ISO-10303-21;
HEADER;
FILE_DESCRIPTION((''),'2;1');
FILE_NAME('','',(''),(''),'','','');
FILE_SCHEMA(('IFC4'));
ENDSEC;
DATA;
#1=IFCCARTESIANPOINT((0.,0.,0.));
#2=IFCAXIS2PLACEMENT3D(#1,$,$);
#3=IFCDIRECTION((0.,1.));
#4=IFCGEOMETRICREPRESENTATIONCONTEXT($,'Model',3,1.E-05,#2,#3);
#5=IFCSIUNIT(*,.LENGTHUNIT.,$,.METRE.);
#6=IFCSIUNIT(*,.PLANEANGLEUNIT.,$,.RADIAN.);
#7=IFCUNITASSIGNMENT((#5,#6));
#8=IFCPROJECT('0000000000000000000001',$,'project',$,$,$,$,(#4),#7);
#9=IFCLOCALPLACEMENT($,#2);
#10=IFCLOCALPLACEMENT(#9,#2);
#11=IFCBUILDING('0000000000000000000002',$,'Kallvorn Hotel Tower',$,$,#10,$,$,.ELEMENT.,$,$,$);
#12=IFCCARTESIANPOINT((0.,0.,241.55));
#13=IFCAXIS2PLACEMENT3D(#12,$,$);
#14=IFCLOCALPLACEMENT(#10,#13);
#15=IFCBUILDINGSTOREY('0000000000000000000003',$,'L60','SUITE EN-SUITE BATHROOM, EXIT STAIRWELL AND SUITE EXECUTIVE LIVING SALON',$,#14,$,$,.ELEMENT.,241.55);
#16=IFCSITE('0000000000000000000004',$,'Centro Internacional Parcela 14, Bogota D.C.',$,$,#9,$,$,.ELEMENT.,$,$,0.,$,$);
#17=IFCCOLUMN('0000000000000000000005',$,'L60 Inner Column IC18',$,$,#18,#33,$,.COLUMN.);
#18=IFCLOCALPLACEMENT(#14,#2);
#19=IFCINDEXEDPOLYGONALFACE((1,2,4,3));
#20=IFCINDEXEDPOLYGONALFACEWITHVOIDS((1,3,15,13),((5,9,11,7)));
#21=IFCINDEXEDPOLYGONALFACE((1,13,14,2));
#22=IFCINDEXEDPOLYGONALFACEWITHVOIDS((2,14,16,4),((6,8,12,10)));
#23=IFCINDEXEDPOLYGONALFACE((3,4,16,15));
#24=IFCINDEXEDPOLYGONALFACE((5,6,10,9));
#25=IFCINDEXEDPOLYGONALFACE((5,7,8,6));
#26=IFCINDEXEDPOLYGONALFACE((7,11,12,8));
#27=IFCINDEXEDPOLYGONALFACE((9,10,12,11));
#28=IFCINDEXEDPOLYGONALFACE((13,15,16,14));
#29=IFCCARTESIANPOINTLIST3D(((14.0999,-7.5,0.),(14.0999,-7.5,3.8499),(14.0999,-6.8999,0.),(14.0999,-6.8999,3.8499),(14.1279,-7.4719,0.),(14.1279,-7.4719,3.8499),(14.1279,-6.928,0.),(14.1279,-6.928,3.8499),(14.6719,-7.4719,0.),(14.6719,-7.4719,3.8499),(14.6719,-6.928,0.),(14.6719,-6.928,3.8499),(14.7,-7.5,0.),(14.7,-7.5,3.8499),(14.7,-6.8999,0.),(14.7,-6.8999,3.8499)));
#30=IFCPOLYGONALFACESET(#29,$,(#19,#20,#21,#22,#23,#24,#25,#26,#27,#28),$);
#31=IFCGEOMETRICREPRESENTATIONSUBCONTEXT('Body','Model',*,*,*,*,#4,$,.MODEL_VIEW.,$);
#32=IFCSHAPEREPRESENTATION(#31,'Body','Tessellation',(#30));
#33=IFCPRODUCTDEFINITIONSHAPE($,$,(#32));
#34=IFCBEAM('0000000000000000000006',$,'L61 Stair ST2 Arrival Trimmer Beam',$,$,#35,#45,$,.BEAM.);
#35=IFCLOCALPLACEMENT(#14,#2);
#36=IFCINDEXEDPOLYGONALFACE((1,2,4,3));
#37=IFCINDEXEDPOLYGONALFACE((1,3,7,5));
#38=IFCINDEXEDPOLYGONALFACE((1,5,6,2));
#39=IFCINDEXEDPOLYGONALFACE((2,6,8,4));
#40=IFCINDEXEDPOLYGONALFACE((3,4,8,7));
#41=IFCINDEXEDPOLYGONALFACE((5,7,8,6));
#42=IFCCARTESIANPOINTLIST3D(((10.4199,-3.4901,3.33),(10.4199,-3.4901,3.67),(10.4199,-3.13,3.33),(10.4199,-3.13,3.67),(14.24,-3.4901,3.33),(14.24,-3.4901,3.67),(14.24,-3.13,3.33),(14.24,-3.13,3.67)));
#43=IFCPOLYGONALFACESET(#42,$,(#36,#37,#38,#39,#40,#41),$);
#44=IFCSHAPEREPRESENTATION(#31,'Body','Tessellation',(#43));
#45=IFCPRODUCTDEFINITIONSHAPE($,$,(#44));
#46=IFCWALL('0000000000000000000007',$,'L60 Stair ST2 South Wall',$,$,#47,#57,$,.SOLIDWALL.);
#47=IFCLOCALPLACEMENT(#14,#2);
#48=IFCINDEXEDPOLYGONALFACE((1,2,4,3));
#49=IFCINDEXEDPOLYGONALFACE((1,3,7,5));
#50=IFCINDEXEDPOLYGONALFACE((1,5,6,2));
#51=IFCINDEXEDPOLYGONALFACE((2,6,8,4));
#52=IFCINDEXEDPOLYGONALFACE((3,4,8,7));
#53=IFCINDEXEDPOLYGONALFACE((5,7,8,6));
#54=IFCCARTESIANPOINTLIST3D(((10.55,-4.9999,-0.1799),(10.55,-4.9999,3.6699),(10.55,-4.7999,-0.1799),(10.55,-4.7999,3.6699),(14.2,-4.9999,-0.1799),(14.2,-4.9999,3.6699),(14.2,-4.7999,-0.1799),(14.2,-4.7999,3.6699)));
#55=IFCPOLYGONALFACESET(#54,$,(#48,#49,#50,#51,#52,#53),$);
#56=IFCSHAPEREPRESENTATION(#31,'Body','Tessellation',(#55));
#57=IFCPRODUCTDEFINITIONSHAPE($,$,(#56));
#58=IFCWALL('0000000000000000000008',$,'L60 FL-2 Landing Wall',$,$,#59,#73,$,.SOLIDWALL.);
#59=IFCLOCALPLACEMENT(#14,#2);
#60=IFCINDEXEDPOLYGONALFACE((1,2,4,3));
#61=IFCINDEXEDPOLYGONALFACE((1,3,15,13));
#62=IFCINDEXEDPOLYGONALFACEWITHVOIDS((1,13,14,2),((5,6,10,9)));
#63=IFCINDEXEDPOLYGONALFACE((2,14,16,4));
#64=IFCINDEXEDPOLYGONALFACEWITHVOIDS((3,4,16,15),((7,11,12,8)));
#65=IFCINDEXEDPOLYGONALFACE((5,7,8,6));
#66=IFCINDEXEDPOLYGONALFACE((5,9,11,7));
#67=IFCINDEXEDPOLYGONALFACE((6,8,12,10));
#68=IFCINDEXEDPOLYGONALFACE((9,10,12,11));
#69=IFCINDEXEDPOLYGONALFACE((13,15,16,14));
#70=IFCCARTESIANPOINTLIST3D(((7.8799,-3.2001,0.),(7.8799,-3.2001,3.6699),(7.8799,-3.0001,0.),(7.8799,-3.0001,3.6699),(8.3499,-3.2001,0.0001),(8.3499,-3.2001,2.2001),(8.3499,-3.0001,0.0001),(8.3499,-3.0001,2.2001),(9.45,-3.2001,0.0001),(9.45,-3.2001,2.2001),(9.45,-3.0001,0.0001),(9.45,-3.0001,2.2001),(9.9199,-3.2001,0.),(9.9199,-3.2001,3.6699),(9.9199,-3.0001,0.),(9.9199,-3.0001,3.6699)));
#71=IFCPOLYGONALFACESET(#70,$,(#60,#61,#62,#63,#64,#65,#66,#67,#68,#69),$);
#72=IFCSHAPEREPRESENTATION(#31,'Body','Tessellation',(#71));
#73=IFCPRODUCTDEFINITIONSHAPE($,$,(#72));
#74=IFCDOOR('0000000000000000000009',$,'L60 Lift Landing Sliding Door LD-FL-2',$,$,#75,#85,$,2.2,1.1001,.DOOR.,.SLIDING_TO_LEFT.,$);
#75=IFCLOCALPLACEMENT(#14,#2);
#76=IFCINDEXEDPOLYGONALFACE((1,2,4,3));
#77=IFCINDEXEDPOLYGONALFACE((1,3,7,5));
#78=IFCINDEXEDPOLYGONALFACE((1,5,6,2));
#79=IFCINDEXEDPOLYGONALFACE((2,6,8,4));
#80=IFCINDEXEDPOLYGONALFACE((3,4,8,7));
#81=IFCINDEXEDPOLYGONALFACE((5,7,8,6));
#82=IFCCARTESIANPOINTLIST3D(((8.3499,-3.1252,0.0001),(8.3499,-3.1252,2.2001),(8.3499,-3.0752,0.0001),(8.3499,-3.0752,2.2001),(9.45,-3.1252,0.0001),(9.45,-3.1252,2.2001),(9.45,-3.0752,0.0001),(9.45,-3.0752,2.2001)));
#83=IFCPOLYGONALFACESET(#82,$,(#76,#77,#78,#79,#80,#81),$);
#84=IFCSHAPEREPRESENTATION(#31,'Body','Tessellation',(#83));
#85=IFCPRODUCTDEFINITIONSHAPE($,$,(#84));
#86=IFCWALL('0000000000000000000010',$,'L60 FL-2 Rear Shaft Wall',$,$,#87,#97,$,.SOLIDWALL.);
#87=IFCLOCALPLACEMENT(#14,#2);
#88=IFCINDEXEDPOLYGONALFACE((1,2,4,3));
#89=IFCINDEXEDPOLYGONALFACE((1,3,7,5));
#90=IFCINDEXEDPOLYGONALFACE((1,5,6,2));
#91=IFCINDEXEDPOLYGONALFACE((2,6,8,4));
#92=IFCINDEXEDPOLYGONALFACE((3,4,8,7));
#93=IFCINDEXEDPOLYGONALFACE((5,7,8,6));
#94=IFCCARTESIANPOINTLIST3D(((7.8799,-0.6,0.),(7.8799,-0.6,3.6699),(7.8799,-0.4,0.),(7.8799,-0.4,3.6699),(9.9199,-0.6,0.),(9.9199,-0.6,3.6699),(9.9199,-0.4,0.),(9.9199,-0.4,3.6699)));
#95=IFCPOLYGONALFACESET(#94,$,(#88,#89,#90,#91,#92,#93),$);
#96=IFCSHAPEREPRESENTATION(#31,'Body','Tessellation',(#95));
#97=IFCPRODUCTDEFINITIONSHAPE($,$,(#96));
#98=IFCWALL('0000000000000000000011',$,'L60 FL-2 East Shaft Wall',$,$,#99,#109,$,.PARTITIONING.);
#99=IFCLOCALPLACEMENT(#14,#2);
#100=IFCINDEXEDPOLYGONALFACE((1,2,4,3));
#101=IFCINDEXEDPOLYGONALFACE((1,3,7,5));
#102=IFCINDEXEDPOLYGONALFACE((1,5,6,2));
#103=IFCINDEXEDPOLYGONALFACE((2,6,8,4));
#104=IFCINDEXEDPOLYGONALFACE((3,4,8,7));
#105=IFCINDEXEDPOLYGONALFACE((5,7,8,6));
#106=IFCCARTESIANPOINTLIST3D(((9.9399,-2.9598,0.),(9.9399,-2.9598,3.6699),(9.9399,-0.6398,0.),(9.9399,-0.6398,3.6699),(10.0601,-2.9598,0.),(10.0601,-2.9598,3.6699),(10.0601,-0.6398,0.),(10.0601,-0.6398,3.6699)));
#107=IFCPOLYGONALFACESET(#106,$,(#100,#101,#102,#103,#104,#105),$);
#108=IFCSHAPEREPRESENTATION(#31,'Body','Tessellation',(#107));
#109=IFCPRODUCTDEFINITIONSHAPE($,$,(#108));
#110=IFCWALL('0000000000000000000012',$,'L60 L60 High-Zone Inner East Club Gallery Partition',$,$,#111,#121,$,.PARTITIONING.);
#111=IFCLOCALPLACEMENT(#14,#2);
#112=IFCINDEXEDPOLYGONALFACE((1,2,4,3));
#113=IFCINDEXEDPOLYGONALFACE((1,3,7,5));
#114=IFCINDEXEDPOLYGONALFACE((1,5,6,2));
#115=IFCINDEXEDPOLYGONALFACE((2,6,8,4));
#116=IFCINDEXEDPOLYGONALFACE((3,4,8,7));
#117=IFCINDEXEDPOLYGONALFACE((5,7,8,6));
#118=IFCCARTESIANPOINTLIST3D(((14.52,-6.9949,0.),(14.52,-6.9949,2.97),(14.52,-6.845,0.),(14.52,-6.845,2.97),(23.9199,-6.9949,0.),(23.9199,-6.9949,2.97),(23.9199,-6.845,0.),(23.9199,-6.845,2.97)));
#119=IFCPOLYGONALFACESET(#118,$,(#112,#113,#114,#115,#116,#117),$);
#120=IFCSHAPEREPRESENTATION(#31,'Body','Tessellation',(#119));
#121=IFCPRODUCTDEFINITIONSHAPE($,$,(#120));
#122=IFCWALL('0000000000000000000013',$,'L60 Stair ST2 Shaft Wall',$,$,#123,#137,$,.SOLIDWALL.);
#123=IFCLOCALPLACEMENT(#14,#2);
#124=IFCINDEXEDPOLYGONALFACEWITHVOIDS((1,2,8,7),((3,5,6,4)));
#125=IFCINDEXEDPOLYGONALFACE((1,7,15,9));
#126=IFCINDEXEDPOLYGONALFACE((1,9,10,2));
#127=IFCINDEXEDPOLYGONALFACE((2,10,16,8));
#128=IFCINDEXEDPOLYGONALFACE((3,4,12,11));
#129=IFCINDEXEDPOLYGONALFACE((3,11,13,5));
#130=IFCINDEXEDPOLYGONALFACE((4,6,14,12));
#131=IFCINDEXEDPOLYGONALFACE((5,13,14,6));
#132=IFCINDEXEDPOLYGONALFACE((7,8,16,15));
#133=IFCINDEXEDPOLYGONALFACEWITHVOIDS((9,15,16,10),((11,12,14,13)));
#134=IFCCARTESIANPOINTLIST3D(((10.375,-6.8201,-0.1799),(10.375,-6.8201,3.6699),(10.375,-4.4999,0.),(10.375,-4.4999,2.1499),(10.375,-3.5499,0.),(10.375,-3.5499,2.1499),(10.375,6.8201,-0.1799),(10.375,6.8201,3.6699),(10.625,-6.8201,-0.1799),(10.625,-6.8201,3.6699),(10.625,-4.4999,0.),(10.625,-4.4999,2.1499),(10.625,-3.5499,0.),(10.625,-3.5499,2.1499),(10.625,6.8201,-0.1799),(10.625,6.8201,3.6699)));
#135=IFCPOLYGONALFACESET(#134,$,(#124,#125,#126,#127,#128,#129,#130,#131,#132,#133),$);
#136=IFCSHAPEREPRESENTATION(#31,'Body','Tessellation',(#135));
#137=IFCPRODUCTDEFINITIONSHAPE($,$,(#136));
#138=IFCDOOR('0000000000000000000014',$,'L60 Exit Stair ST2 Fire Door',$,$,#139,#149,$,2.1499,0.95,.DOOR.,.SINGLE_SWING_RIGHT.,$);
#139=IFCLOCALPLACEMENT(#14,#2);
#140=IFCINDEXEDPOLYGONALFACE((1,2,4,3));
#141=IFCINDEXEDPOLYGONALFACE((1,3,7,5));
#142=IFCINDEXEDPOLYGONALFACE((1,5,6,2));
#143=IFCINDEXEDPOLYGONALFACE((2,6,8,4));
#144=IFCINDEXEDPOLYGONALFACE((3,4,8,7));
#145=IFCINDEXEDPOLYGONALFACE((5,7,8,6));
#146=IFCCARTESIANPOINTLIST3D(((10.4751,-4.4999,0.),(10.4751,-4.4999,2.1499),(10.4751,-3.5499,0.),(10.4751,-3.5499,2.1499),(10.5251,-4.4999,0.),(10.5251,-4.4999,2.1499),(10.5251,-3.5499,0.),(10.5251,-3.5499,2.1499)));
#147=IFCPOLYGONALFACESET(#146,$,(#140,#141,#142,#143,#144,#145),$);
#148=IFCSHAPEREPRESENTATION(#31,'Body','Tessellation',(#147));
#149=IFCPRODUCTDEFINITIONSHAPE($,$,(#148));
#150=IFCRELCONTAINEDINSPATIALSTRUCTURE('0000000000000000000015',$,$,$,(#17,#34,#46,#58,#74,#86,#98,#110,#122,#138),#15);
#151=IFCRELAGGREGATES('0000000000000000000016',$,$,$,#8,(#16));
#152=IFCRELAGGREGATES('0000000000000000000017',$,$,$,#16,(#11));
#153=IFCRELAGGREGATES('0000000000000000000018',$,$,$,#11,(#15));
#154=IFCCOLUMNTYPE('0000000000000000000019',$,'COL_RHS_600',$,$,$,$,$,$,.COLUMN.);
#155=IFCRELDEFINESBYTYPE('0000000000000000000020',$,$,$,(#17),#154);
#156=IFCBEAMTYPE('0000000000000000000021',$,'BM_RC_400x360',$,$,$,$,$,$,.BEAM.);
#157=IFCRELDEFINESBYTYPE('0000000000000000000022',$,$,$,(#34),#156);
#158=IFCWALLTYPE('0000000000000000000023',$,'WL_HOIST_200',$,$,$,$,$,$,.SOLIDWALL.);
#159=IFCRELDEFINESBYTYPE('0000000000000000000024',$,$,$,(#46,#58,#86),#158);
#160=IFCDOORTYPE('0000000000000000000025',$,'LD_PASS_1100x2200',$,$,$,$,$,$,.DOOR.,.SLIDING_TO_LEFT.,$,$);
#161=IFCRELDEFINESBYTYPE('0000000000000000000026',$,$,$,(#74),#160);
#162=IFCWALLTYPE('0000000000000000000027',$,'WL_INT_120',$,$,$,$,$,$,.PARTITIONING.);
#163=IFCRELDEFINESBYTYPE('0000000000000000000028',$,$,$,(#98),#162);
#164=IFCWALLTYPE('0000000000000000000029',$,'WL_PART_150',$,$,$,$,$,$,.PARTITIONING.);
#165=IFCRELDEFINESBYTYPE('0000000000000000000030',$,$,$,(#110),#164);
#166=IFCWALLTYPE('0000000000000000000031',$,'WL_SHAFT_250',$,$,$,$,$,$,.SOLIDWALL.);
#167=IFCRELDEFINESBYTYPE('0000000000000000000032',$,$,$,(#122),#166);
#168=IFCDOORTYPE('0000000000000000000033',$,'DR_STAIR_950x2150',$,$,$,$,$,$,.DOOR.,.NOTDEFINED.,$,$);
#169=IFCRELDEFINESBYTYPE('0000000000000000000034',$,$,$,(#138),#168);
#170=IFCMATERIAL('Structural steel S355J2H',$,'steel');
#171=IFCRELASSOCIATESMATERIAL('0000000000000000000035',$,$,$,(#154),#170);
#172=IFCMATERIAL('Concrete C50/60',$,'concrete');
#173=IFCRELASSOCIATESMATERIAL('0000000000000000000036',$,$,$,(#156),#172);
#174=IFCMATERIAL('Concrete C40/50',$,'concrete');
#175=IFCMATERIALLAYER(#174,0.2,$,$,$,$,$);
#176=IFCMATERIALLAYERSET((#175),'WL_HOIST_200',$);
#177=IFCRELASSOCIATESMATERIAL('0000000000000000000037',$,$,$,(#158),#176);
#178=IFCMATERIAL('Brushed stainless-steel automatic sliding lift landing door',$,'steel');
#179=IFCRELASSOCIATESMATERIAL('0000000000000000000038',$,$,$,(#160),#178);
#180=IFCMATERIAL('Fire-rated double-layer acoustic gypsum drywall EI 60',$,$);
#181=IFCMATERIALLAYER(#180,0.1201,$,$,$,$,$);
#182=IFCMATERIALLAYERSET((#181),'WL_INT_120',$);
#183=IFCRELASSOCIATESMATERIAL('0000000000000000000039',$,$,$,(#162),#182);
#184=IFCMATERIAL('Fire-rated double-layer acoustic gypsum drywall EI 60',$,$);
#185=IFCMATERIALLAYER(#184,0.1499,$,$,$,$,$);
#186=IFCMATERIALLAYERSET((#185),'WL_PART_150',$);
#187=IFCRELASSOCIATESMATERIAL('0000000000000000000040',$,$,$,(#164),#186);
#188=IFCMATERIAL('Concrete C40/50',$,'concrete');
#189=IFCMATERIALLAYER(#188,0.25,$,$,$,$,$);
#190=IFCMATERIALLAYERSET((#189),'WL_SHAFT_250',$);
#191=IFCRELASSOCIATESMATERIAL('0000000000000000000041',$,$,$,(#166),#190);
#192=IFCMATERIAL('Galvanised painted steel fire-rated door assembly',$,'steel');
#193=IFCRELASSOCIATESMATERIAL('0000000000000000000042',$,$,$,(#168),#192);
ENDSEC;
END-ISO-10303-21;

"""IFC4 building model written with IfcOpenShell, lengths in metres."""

from ifc_helpers import new_model, si_unit, direction, frame, frame_2d, origin, origin_2d, place, context, subcontext, project, spatial, rectangle, hollow_rectangle, extrude, material, layer, layer_set, material_profile, profile_set, type_object, element, fill, save


model = new_model("IFC4")

# Units and contexts
model_context = context("Model", 3, precision=1e-05, world=origin(), true_north=direction((0.0, 1.0)))
body_context = subcontext(model_context, "Body", "Model", "MODEL_VIEW")
ifc_project = project(units=[si_unit("LENGTHUNIT", "METRE"), si_unit("PLANEANGLEUNIT", "RADIAN")], contexts=[model_context])

# Site, building, storey
site_placement = place(None, origin())
site = spatial("IfcSite", under=ifc_project, at=site_placement, Name="Centro Internacional Parcela 14, Bogota D.C.", CompositionType="ELEMENT", RefElevation=0.0)
building_placement = place(site_placement, origin())
building = spatial("IfcBuilding", under=site, at=building_placement, Name="Kallvorn Hotel Tower", CompositionType="ELEMENT")
storey_placement = place(building_placement, frame((0.0, 0.0, 241.55)))
storey = spatial("IfcBuildingStorey", under=building, at=storey_placement, Name="L60", Description="SUITE EN-SUITE BATHROOM, EXIT STAIRWELL AND SUITE EXECUTIVE LIVING SALON", CompositionType="ELEMENT", Elevation=241.55)

# Column
ifc_material_1 = material(Name="Structural steel S355J2H", Category="steel")
ifc_material_profile_1 = material_profile(ifc_material_1, hollow_rectangle(XDim=0.6001, YDim=0.6001, WallThickness=0.0281, at=origin_2d()), Name="RHS 600x600x28")
ifc_profile_set_1 = profile_set([ifc_material_profile_1], Name="Structural steel S355J2H")
column_type = type_object("IfcColumnType", Name="COL_RHS_600", PredefinedType="COLUMN", material=ifc_profile_set_1)
column_placement = place(storey_placement, frame((14.3999, -7.2, 0.0), z_axis=(0.0, 0.0, 1.0), x_axis=(1.0, 0.0, 0.0)))
element("IfcColumn", 1, at=column_placement, inside=storey, type_object=column_type, Name="L60 Inner Column IC18", PredefinedType="COLUMN", context=body_context, shape_type="SweptSolid", body=[
    extrude(hollow_rectangle(XDim=0.6001, YDim=0.6001, WallThickness=0.0281, at=origin_2d()), origin(), (0.0, 0.0, 1.0), 3.8499),
])

# Beam
ifc_material_2 = material(Name="Concrete C50/60", Category="concrete")
ifc_material_profile_2 = material_profile(ifc_material_2, rectangle(XDim=0.3601, YDim=0.3401, at=origin_2d()), Name="RC 360x340")
ifc_profile_set_2 = profile_set([ifc_material_profile_2], Name="Concrete C50/60")
beam_type = type_object("IfcBeamType", Name="BM_RC_400x360", PredefinedType="BEAM", material=ifc_profile_set_2)
beam_placement = place(storey_placement, frame((14.24, -3.3101, 3.5), z_axis=(-1.0, 0.0, 0.0), x_axis=(0.0, -1.0, 0.0)))
element("IfcBeam", 2, at=beam_placement, inside=storey, type_object=beam_type, Name="L61 Stair ST2 Arrival Trimmer Beam", PredefinedType="BEAM", context=body_context, shape_type="SweptSolid", body=[
    extrude(rectangle(XDim=0.3601, YDim=0.3401, at=origin_2d()), origin(), (0.0, 0.0, 1.0), 3.8201),
])

# Wall
ifc_material_3 = material(Name="Concrete C40/50", Category="concrete")
ifc_layer_1 = layer(ifc_material_3, 0.2)
ifc_layer_set_1 = layer_set([ifc_layer_1], Name="WL_HOIST_200")
wall_type_1 = type_object("IfcWallType", Name="WL_HOIST_200", PredefinedType="SOLIDWALL", material=ifc_layer_set_1)
wall_1_placement = place(storey_placement, frame((10.55, -4.8999, -0.1799), z_axis=(0.0, 0.0, 1.0), x_axis=(1.0, 0.0, 0.0)))
element("IfcWall", 3, at=wall_1_placement, inside=storey, type_object=wall_type_1, Name="L60 Stair ST2 South Wall", PredefinedType="SOLIDWALL", context=body_context, shape_type="SweptSolid", body=[
    extrude(rectangle(XDim=3.6499, YDim=0.2, at=frame_2d((1.825, 0.0))), origin(), (0.0, 0.0, 1.0), 3.8499),
])

# Wall, opening, door
wall_2_placement = place(storey_placement, frame((7.8799, -3.1001, 0.0), z_axis=(0.0, 0.0, 1.0), x_axis=(1.0, 0.0, 0.0)))
wall_2 = element("IfcWall", 4, at=wall_2_placement, inside=storey, type_object=wall_type_1, Name="L60 FL-2 Landing Wall", PredefinedType="SOLIDWALL", context=body_context, shape_type="SweptSolid", body=[
    extrude(rectangle(XDim=2.04, YDim=0.2, at=frame_2d((1.02, 0.0))), origin(), (0.0, 0.0, 1.0), 3.6699),
])
opening_1_placement = place(wall_2_placement, frame((0.47, 0.0, 0.0)))
opening_1 = element("IfcOpeningElement", 5, at=opening_1_placement, cuts=wall_2, PredefinedType="OPENING", context=body_context, shape_type="SweptSolid", body=[
    extrude(rectangle(XDim=1.1001, YDim=2.2, at=frame_2d((0.55, 1.1001))), frame((0.0, 0.115, 0.0), z_axis=(0.0, -1.0, 0.0), x_axis=(1.0, 0.0, 0.0)), (0.0, 0.0, 1.0), 0.23),
])
ifc_material_4 = material(Name="Brushed stainless-steel automatic sliding lift landing door", Category="steel")
door_type_1 = type_object("IfcDoorType", Name="LD_PASS_1100x2200", OperationType="SLIDING_TO_LEFT", PredefinedType="DOOR", material=ifc_material_4)
door_1_placement = place(opening_1_placement, origin())
door_1 = element("IfcDoor", 6, at=door_1_placement, inside=storey, type_object=door_type_1, Name="L60 Lift Landing Sliding Door LD-FL-2", OperationType="SLIDING_TO_LEFT", OverallHeight=2.2, OverallWidth=1.1001, PredefinedType="DOOR", context=body_context, shape_type="SweptSolid", body=[
    extrude(rectangle(XDim=1.1001, YDim=2.2, at=frame_2d((0.55, 1.1001))), frame((0.0, 0.0249, 0.0), z_axis=(0.0, -1.0, 0.0), x_axis=(1.0, 0.0, 0.0)), (0.0, 0.0, 1.0), 0.05),
])
fill(opening_1, door_1)

# Walls
wall_3_placement = place(storey_placement, frame((7.8799, -0.5, 0.0), z_axis=(0.0, 0.0, 1.0), x_axis=(1.0, 0.0, 0.0)))
element("IfcWall", 7, at=wall_3_placement, inside=storey, type_object=wall_type_1, Name="L60 FL-2 Rear Shaft Wall", PredefinedType="SOLIDWALL", context=body_context, shape_type="SweptSolid", body=[
    extrude(rectangle(XDim=2.04, YDim=0.2, at=frame_2d((1.02, 0.0))), origin(), (0.0, 0.0, 1.0), 3.6699),
])
ifc_material_5 = material(Name="Fire-rated double-layer acoustic gypsum drywall EI 60")
ifc_layer_2 = layer(ifc_material_5, 0.1201)
ifc_layer_set_2 = layer_set([ifc_layer_2], Name="WL_INT_120")
wall_type_2 = type_object("IfcWallType", Name="WL_INT_120", PredefinedType="PARTITIONING", material=ifc_layer_set_2)
wall_4_placement = place(storey_placement, frame((10.0, -2.96, 0.0), z_axis=(0.0, 0.0, 1.0), x_axis=(0.0, 1.0, 0.0)))
element("IfcWall", 8, at=wall_4_placement, inside=storey, type_object=wall_type_2, Name="L60 FL-2 East Shaft Wall", PredefinedType="PARTITIONING", context=body_context, shape_type="SweptSolid", body=[
    extrude(rectangle(XDim=2.3201, YDim=0.1201, at=frame_2d((1.1602, 0.0))), origin(), (0.0, 0.0, 1.0), 3.6699),
])
ifc_material_6 = material(Name="Fire-rated double-layer acoustic gypsum drywall EI 60")
ifc_layer_3 = layer(ifc_material_6, 0.1499)
ifc_layer_set_3 = layer_set([ifc_layer_3], Name="WL_PART_150")
wall_type_3 = type_object("IfcWallType", Name="WL_PART_150", PredefinedType="PARTITIONING", material=ifc_layer_set_3)
wall_5_placement = place(storey_placement, frame((14.52, -6.9199, 0.0), z_axis=(0.0, 0.0, 1.0), x_axis=(1.0, 0.0, 0.0)))
element("IfcWall", 9, at=wall_5_placement, inside=storey, type_object=wall_type_3, Name="L60 L60 High-Zone Inner East Club Gallery Partition", PredefinedType="PARTITIONING", context=body_context, shape_type="SweptSolid", body=[
    extrude(rectangle(XDim=9.3999, YDim=0.1499, at=frame_2d((4.7, 0.0))), origin(), (0.0, 0.0, 1.0), 2.97),
])

# Wall, opening, door
ifc_material_7 = material(Name="Concrete C40/50", Category="concrete")
ifc_layer_4 = layer(ifc_material_7, 0.25)
ifc_layer_set_4 = layer_set([ifc_layer_4], Name="WL_SHAFT_250")
wall_type_4 = type_object("IfcWallType", Name="WL_SHAFT_250", PredefinedType="SOLIDWALL", material=ifc_layer_set_4)
wall_6_placement = place(storey_placement, frame((10.5, -6.8201, -0.1799), z_axis=(0.0, 0.0, 1.0), x_axis=(0.0, 1.0, 0.0)))
wall_6 = element("IfcWall", 10, at=wall_6_placement, inside=storey, type_object=wall_type_4, Name="L60 Stair ST2 Shaft Wall", PredefinedType="SOLIDWALL", context=body_context, shape_type="SweptSolid", body=[
    extrude(rectangle(XDim=13.6401, YDim=0.25, at=frame_2d((6.8201, 0.0))), origin(), (0.0, 0.0, 1.0), 3.8499),
])
opening_2_placement = place(wall_6_placement, frame((2.3201, 0.0, 0.1799)))
opening_2 = element("IfcOpeningElement", 11, at=opening_2_placement, cuts=wall_6, PredefinedType="OPENING", context=body_context, shape_type="SweptSolid", body=[
    extrude(rectangle(XDim=0.95, YDim=2.1499, at=frame_2d((0.4751, 1.075))), frame((0.0, 0.1399, 0.0), z_axis=(0.0, -1.0, 0.0), x_axis=(1.0, 0.0, 0.0)), (0.0, 0.0, 1.0), 0.28),
])
ifc_material_8 = material(Name="Galvanised painted steel fire-rated door assembly", Category="steel")
door_type_2 = type_object("IfcDoorType", Name="DR_STAIR_950x2150", OperationType="NOTDEFINED", PredefinedType="DOOR", material=ifc_material_8)
door_2_placement = place(opening_2_placement, origin())
door_2 = element("IfcDoor", 12, at=door_2_placement, inside=storey, type_object=door_type_2, Name="L60 Exit Stair ST2 Fire Door", OperationType="SINGLE_SWING_RIGHT", OverallHeight=2.1499, OverallWidth=0.95, PredefinedType="DOOR", context=body_context, shape_type="SweptSolid", body=[
    extrude(rectangle(XDim=0.95, YDim=2.1499, at=frame_2d((0.4751, 1.075))), frame((0.0, 0.0249, 0.0), z_axis=(0.0, -1.0, 0.0), x_axis=(1.0, 0.0, 0.0)), (0.0, 0.0, 1.0), 0.05),
])
fill(opening_2, door_2)

save(model, "model.ifc")
